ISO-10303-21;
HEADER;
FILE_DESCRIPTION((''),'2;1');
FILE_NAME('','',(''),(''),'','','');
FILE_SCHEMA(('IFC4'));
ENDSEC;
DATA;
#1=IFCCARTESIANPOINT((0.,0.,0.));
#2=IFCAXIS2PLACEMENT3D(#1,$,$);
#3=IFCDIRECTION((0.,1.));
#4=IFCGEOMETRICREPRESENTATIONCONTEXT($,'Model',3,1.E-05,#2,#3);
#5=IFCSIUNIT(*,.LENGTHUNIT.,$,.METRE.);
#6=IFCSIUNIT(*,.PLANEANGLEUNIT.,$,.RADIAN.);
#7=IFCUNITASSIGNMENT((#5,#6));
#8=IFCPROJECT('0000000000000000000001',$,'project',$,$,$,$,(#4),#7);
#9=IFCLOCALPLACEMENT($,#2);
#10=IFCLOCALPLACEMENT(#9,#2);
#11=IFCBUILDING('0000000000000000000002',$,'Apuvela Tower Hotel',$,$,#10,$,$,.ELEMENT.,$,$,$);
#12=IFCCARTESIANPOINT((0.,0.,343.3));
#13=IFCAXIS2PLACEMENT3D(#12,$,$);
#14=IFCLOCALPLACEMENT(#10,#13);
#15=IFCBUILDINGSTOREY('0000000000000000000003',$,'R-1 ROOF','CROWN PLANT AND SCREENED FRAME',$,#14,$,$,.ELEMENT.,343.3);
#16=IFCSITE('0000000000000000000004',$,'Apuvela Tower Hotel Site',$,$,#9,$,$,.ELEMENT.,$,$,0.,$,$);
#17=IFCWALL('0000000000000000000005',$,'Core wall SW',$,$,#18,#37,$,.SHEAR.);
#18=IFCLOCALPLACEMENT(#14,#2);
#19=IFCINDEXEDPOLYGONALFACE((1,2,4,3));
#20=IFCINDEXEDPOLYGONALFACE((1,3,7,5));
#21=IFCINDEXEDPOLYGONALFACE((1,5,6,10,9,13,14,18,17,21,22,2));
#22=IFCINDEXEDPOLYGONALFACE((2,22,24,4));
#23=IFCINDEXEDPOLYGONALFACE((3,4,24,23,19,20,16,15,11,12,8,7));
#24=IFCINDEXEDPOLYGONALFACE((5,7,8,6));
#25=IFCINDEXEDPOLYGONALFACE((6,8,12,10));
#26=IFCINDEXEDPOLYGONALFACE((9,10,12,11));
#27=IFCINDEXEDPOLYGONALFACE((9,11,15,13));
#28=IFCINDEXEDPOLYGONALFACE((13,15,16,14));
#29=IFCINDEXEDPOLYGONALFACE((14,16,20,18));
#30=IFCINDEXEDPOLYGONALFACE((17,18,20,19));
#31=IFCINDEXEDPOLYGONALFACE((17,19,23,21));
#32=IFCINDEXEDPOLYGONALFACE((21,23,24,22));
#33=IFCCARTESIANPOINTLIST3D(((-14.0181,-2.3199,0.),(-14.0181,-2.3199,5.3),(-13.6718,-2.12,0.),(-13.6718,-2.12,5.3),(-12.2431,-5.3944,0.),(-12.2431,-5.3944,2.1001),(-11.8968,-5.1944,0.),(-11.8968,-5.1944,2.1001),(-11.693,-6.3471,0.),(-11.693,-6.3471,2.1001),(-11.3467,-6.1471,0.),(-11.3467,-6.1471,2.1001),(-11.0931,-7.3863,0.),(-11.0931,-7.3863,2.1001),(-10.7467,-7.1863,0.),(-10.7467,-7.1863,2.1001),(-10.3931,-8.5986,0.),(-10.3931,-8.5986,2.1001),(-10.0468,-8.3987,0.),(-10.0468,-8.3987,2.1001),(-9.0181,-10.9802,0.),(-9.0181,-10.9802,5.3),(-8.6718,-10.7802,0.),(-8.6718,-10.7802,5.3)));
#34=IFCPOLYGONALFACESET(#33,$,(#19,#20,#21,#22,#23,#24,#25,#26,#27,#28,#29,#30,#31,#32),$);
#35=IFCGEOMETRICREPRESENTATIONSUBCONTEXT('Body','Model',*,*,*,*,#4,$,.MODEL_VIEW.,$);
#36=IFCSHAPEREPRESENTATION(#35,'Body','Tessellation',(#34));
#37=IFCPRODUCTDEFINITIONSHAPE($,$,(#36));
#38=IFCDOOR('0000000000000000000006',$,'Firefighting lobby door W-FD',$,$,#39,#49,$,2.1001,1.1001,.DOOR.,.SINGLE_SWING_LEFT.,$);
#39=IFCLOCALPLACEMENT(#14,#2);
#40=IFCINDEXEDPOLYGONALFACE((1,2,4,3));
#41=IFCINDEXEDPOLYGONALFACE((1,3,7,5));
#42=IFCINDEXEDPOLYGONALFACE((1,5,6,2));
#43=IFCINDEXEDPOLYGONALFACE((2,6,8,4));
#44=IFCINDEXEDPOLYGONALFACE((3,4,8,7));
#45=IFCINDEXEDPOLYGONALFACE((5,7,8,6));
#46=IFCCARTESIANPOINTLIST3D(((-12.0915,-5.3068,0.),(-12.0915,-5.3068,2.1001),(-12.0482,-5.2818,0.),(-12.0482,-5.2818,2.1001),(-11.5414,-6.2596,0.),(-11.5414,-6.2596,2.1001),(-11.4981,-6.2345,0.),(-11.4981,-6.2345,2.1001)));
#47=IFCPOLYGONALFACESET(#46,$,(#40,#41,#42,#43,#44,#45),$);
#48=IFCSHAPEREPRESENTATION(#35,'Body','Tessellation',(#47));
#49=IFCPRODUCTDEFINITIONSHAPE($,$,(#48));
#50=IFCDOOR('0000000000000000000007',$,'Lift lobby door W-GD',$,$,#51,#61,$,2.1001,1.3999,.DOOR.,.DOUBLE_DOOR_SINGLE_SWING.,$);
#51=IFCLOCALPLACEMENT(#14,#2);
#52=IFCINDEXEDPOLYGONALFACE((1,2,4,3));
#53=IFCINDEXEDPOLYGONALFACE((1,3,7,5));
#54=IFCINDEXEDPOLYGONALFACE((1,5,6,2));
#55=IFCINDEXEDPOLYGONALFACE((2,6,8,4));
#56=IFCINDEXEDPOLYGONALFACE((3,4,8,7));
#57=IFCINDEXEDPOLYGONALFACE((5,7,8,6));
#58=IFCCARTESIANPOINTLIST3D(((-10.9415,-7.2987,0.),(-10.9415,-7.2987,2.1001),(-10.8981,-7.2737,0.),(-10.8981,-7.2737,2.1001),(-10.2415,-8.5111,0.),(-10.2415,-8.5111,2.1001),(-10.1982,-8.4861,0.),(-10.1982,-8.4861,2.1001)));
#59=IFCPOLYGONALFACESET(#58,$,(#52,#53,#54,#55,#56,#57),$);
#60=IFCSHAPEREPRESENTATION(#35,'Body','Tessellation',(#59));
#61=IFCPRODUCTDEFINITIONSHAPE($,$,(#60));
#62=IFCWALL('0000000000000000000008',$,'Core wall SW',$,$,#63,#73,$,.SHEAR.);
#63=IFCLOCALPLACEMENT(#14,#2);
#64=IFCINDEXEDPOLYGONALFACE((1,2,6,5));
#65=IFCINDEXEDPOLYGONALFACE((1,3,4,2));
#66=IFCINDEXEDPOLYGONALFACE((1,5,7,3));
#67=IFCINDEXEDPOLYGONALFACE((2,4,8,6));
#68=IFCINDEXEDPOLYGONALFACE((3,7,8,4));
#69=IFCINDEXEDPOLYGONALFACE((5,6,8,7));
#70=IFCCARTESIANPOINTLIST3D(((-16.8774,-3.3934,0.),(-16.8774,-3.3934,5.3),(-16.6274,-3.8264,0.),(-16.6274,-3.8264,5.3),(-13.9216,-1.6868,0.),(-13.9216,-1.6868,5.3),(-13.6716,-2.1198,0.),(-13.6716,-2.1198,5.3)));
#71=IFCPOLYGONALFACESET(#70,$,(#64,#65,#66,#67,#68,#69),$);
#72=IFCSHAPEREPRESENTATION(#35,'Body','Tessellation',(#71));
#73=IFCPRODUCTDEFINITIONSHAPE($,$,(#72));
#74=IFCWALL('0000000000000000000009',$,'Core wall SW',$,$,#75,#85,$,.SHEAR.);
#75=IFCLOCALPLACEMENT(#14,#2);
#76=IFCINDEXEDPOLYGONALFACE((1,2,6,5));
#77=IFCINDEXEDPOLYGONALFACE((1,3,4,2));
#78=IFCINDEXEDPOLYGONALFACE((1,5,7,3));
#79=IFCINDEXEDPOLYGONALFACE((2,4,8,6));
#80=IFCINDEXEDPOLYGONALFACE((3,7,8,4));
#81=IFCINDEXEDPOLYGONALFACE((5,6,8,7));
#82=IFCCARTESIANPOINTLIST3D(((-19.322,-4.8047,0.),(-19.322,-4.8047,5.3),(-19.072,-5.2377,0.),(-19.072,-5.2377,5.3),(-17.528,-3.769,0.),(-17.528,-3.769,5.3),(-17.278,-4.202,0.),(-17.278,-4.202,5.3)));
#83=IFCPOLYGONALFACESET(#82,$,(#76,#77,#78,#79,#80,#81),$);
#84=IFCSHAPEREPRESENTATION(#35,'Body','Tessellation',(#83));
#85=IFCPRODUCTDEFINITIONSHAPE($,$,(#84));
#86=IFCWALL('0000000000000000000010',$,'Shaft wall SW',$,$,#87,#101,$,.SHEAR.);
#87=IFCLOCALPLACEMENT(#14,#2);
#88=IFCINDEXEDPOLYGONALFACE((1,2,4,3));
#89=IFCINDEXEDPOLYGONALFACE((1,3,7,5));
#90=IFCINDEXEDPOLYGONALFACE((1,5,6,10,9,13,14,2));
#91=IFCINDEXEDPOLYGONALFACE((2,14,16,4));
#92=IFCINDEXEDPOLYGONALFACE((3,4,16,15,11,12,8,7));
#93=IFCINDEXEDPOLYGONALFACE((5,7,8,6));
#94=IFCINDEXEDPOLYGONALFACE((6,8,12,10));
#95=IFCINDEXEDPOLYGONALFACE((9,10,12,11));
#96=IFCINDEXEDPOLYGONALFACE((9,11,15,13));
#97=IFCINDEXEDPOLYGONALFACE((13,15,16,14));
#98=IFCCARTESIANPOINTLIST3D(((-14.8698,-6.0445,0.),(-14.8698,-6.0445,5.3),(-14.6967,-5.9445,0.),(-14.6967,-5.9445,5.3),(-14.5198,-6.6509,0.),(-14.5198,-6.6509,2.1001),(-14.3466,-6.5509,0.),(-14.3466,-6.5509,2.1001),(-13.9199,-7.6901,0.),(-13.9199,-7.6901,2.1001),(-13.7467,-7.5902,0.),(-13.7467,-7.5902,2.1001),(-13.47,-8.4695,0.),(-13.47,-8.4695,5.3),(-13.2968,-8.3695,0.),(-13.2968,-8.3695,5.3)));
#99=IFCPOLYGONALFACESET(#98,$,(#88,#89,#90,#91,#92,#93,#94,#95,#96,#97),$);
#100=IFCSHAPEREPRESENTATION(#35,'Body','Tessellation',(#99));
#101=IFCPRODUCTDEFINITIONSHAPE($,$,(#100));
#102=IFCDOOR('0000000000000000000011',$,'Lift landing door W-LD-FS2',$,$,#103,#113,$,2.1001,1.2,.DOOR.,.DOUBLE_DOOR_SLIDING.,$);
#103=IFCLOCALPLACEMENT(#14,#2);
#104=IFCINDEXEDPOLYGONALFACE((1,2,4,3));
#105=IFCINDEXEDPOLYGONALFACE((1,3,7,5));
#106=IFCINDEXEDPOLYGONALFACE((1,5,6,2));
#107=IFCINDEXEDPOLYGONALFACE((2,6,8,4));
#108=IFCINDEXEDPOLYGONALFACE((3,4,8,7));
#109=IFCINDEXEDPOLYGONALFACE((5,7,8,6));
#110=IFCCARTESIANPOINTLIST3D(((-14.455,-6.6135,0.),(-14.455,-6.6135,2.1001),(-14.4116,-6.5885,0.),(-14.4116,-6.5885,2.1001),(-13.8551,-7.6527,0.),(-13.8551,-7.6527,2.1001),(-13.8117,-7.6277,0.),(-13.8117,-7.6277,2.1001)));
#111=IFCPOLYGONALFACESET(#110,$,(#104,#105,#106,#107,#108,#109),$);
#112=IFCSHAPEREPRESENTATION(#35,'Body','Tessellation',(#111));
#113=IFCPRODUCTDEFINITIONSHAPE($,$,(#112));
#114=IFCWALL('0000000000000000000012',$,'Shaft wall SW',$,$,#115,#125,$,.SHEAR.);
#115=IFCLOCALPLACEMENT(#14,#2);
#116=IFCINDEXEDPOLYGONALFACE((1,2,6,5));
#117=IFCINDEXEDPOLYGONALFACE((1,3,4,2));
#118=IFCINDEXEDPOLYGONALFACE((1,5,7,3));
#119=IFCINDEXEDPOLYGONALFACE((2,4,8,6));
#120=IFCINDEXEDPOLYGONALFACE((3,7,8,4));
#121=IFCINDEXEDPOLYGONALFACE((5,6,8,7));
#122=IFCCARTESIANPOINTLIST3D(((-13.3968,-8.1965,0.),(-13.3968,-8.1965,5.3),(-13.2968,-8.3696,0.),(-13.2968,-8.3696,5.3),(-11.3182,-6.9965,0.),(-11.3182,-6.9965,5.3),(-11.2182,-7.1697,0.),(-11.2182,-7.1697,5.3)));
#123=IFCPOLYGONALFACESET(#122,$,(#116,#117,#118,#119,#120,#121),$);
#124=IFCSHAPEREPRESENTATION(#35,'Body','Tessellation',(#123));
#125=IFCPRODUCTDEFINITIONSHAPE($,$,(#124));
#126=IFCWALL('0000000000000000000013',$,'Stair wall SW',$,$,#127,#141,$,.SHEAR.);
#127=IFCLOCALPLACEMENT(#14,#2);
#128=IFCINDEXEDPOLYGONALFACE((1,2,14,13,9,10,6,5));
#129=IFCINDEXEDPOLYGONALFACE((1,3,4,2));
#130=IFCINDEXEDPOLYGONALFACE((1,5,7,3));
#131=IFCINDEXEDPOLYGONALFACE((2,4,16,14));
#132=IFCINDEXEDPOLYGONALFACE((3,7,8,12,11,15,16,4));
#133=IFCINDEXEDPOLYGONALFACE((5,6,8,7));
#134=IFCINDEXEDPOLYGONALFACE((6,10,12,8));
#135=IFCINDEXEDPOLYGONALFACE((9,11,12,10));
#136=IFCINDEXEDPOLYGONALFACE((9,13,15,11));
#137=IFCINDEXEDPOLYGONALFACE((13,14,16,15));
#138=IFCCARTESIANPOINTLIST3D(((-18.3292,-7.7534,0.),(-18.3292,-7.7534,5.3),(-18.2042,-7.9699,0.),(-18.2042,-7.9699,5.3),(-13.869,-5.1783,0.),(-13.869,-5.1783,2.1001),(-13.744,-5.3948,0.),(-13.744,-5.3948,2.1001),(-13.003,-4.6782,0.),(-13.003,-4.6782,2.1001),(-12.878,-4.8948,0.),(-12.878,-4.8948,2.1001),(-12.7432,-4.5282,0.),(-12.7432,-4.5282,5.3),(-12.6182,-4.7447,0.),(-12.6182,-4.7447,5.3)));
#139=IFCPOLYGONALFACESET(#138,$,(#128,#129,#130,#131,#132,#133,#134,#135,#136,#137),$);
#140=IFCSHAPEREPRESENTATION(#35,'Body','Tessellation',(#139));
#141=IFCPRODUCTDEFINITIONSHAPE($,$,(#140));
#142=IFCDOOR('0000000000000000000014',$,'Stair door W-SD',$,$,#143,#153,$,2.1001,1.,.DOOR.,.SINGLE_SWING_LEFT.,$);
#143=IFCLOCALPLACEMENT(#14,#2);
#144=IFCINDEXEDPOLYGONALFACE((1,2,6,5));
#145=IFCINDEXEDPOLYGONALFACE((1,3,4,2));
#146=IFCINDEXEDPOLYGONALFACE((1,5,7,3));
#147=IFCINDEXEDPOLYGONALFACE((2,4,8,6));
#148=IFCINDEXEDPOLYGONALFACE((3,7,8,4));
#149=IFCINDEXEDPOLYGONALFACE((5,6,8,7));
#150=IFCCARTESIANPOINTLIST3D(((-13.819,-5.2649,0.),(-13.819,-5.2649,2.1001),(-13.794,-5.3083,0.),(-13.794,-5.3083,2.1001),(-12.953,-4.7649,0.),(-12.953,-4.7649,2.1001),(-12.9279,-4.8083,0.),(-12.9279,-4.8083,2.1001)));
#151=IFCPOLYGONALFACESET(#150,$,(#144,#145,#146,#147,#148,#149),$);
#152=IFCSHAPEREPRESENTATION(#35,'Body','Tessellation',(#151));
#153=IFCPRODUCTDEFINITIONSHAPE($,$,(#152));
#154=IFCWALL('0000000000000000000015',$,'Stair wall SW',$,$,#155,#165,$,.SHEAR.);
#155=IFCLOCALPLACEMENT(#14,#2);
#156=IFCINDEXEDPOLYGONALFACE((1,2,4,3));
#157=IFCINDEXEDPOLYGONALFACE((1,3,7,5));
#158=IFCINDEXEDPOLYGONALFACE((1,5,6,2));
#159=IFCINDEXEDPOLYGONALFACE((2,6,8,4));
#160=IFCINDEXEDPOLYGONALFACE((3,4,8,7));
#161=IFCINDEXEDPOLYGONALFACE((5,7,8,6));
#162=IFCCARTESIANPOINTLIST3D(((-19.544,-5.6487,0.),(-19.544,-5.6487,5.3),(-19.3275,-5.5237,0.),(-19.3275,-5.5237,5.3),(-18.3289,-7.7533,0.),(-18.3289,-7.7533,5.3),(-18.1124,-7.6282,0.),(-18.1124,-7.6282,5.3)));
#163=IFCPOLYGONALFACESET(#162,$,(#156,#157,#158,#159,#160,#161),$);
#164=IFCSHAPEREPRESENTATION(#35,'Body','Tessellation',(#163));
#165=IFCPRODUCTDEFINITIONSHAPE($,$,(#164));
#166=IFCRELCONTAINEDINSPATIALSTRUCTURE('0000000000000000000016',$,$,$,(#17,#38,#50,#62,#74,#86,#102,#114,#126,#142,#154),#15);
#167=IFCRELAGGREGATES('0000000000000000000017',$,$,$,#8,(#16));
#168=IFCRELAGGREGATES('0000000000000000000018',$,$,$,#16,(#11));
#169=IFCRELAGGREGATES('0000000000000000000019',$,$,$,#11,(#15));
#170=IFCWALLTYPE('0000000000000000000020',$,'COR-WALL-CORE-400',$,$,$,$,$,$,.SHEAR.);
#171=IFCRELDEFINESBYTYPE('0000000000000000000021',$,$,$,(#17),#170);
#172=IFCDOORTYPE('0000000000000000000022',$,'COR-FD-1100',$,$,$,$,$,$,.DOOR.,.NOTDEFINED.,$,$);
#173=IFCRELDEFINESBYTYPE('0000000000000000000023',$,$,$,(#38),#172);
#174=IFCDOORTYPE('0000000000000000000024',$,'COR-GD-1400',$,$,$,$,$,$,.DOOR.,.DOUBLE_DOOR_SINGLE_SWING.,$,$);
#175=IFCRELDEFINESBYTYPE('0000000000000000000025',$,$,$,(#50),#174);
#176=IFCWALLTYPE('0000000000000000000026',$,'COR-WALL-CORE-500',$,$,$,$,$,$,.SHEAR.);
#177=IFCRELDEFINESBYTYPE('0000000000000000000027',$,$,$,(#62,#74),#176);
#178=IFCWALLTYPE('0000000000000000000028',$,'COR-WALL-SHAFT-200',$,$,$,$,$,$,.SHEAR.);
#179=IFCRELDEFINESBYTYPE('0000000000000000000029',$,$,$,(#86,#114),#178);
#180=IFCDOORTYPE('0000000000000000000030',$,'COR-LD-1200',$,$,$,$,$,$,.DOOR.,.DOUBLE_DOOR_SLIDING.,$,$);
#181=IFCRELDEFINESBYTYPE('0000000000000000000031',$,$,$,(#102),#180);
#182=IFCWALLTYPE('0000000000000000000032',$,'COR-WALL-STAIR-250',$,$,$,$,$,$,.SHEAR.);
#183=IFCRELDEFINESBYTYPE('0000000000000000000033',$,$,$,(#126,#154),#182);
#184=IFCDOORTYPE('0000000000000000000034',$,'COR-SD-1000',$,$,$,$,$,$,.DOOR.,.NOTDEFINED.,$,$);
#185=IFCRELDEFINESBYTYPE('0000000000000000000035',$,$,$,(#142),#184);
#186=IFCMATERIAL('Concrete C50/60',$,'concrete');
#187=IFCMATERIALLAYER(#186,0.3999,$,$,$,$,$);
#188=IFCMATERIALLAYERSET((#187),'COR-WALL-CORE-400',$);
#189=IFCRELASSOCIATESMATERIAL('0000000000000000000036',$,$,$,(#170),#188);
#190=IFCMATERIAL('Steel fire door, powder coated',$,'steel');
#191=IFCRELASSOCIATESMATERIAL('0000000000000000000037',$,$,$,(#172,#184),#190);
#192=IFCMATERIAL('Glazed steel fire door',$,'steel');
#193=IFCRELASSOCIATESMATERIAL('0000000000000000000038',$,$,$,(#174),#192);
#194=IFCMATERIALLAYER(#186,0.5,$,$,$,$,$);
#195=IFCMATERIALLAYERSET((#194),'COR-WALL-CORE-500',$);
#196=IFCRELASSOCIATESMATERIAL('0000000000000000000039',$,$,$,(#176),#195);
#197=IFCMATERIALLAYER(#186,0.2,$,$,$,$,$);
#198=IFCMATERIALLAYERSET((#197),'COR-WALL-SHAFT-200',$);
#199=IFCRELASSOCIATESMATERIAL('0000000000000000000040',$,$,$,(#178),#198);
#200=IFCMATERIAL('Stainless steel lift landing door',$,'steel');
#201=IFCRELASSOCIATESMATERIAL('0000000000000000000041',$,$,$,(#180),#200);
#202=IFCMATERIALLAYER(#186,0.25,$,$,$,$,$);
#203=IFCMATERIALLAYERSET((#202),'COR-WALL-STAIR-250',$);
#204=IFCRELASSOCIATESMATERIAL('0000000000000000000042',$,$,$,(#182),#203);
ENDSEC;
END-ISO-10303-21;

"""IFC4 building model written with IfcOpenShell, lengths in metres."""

from ifc_helpers import new_model, si_unit, direction, frame, frame_2d, origin, place, context, subcontext, project, spatial, rectangle, extrude, material, layer, layer_set, type_object, element, fill, save


model = new_model("IFC4")

# Units and contexts
model_context = context("Model", 3, precision=1e-05, world=origin(), true_north=direction((0.0, 1.0)))
body_context = subcontext(model_context, "Body", "Model", "MODEL_VIEW")
ifc_project = project(units=[si_unit("LENGTHUNIT", "METRE"), si_unit("PLANEANGLEUNIT", "RADIAN")], contexts=[model_context])

# Site, building, storey
site_placement = place(None, origin())
site = spatial("IfcSite", under=ifc_project, at=site_placement, Name="Apuvela Tower Hotel Site", CompositionType="ELEMENT", RefElevation=0.0)
building_placement = place(site_placement, origin())
building = spatial("IfcBuilding", under=site, at=building_placement, Name="Apuvela Tower Hotel", CompositionType="ELEMENT")
storey_placement = place(building_placement, frame((0.0, 0.0, 343.3)))
storey = spatial("IfcBuildingStorey", under=building, at=storey_placement, Name="R-1 ROOF", Description="CROWN PLANT AND SCREENED FRAME", CompositionType="ELEMENT", Elevation=343.3)

# Shared definitions
ifc_material_1 = material(Name="Concrete C50/60", Category="concrete")

# Wall, openings, doors
ifc_layer_1 = layer(ifc_material_1, 0.3999)
ifc_layer_set_1 = layer_set([ifc_layer_1], Name="COR-WALL-CORE-400")
wall_type_1 = type_object("IfcWallType", Name="COR-WALL-CORE-400", PredefinedType="SHEAR", material=ifc_layer_set_1)
wall_1_placement = place(storey_placement, frame((-13.845, -2.22, 0.0), z_axis=(0.0, 0.0, 1.0), x_axis=(0.500004, -0.866023, 0.0)))
wall_1 = element("IfcWall", 1, at=wall_1_placement, inside=storey, type_object=wall_type_1, Name="Core wall SW", PredefinedType="SHEAR", context=body_context, shape_type="SweptSolid", body=[
    extrude(rectangle(XDim=10.0, YDim=0.3999, at=frame_2d((5.0, 0.0))), origin(), (0.0, 0.0, 1.0), 5.3),
])
opening_1_placement = place(wall_1_placement, frame((3.55, 0.0, 0.0)))
opening_1 = element("IfcOpeningElement", 2, at=opening_1_placement, cuts=wall_1, PredefinedType="OPENING", context=body_context, shape_type="SweptSolid", body=[
    extrude(rectangle(XDim=1.1001, YDim=2.1001, at=frame_2d((0.55, 1.05))), frame((0.0, 0.21, 0.0), z_axis=(0.0, -1.0, 0.0), x_axis=(1.0, 0.0, 0.0)), (0.0, 0.0, 1.0), 0.4199),
])
opening_2_placement = place(wall_1_placement, frame((5.8501, 0.0, 0.0)))
opening_2 = element("IfcOpeningElement", 3, at=opening_2_placement, cuts=wall_1, PredefinedType="OPENING", context=body_context, shape_type="SweptSolid", body=[
    extrude(rectangle(XDim=1.3999, YDim=2.1001, at=frame_2d((0.7, 1.05))), frame((0.0, 0.21, 0.0), z_axis=(0.0, -1.0, 0.0), x_axis=(1.0, 0.0, 0.0)), (0.0, 0.0, 1.0), 0.4199),
])
ifc_material_2 = material(Name="Steel fire door, powder coated", Category="steel")
door_type_1 = type_object("IfcDoorType", Name="COR-FD-1100", OperationType="NOTDEFINED", PredefinedType="DOOR", material=ifc_material_2)
door_1_placement = place(opening_1_placement, frame((1.1001, 0.0, 0.0), z_axis=(0.0, 0.0, 1.0), x_axis=(-1.0, 0.0, 0.0)))
door_1 = element("IfcDoor", 4, at=door_1_placement, inside=storey, type_object=door_type_1, Name="Firefighting lobby door W-FD", OperationType="SINGLE_SWING_LEFT", OverallHeight=2.1001, OverallWidth=1.1001, PredefinedType="DOOR", context=body_context, shape_type="SweptSolid", body=[
    extrude(rectangle(XDim=1.1001, YDim=2.1001, at=frame_2d((0.55, 1.05))), frame((0.0, 0.0249, 0.0), z_axis=(0.0, -1.0, 0.0), x_axis=(1.0, 0.0, 0.0)), (0.0, 0.0, 1.0), 0.05),
])
fill(opening_1, door_1)
ifc_material_3 = material(Name="Glazed steel fire door", Category="steel")
door_type_2 = type_object("IfcDoorType", Name="COR-GD-1400", OperationType="DOUBLE_DOOR_SINGLE_SWING", PredefinedType="DOOR", material=ifc_material_3)
door_2_placement = place(opening_2_placement, frame((1.3999, 0.0, 0.0), z_axis=(0.0, 0.0, 1.0), x_axis=(-1.0, 0.0, 0.0)))
door_2 = element("IfcDoor", 5, at=door_2_placement, inside=storey, type_object=door_type_2, Name="Lift lobby door W-GD", OperationType="DOUBLE_DOOR_SINGLE_SWING", OverallHeight=2.1001, OverallWidth=1.3999, PredefinedType="DOOR", context=body_context, shape_type="SweptSolid", body=[
    extrude(rectangle(XDim=1.3999, YDim=2.1001, at=frame_2d((0.7, 1.05))), frame((0.0, 0.0249, 0.0), z_axis=(0.0, -1.0, 0.0), x_axis=(1.0, 0.0, 0.0)), (0.0, 0.0, 1.0), 0.05),
])
fill(opening_2, door_2)

# Walls
ifc_layer_2 = layer(ifc_material_1, 0.5)
ifc_layer_set_2 = layer_set([ifc_layer_2], Name="COR-WALL-CORE-500")
wall_type_2 = type_object("IfcWallType", Name="COR-WALL-CORE-500", PredefinedType="SHEAR", material=ifc_layer_set_2)
wall_2_placement = place(storey_placement, frame((-13.7966, -1.9033, 0.0), z_axis=(0.0, 0.0, 1.0), x_axis=(-0.866025, -0.500001, 0.0)))
element("IfcWall", 6, at=wall_2_placement, inside=storey, type_object=wall_type_2, Name="Core wall SW", PredefinedType="SHEAR", context=body_context, shape_type="SweptSolid", body=[
    extrude(rectangle(XDim=3.4131, YDim=0.5, at=frame_2d((1.7065, 0.0))), origin(), (0.0, 0.0, 1.0), 5.3),
])
wall_3_placement = place(storey_placement, frame((-17.4031, -3.9856, 0.0), z_axis=(0.0, 0.0, 1.0), x_axis=(-0.866044, -0.499967, 0.0)))
element("IfcWall", 7, at=wall_3_placement, inside=storey, type_object=wall_type_2, Name="Core wall SW", PredefinedType="SHEAR", context=body_context, shape_type="SweptSolid", body=[
    extrude(rectangle(XDim=2.0715, YDim=0.5, at=frame_2d((1.0356, 0.0))), origin(), (0.0, 0.0, 1.0), 5.3),
])

# Wall, opening, door
ifc_layer_3 = layer(ifc_material_1, 0.2)
ifc_layer_set_3 = layer_set([ifc_layer_3], Name="COR-WALL-SHAFT-200")
wall_type_3 = type_object("IfcWallType", Name="COR-WALL-SHAFT-200", PredefinedType="SHEAR", material=ifc_layer_set_3)
wall_4_placement = place(storey_placement, frame((-14.7832, -5.9946, 0.0), z_axis=(0.0, 0.0, 1.0), x_axis=(0.499946, -0.866056, 0.0)))
wall_4 = element("IfcWall", 8, at=wall_4_placement, inside=storey, type_object=wall_type_3, Name="Shaft wall SW", PredefinedType="SHEAR", context=body_context, shape_type="SweptSolid", body=[
    extrude(rectangle(XDim=2.8, YDim=0.2, at=frame_2d((1.3999, 0.0))), origin(), (0.0, 0.0, 1.0), 5.3),
])
opening_3_placement = place(wall_4_placement, frame((0.7, 0.0, 0.0)))
opening_3 = element("IfcOpeningElement", 9, at=opening_3_placement, cuts=wall_4, PredefinedType="OPENING", context=body_context, shape_type="SweptSolid", body=[
    extrude(rectangle(XDim=1.2, YDim=2.1001, at=frame_2d((0.6001, 1.05))), frame((0.0, 0.1099, 0.0), z_axis=(0.0, -1.0, 0.0), x_axis=(1.0, 0.0, 0.0)), (0.0, 0.0, 1.0), 0.22),
])
ifc_material_4 = material(Name="Stainless steel lift landing door", Category="steel")
door_type_3 = type_object("IfcDoorType", Name="COR-LD-1200", OperationType="DOUBLE_DOOR_SLIDING", PredefinedType="DOOR", material=ifc_material_4)
door_3_placement = place(opening_3_placement, origin())
door_3 = element("IfcDoor", 10, at=door_3_placement, inside=storey, type_object=door_type_3, Name="Lift landing door W-LD-FS2", OperationType="DOUBLE_DOOR_SLIDING", OverallHeight=2.1001, OverallWidth=1.2, PredefinedType="DOOR", context=body_context, shape_type="SweptSolid", body=[
    extrude(rectangle(XDim=1.2, YDim=2.1001, at=frame_2d((0.6001, 1.05))), frame((0.0, 0.0249, 0.0), z_axis=(0.0, -1.0, 0.0), x_axis=(1.0, 0.0, 0.0)), (0.0, 0.0, 1.0), 0.05),
])
fill(opening_3, door_3)

# Wall
wall_5_placement = place(storey_placement, frame((-11.2681, -7.083, 0.0), z_axis=(0.0, 0.0, 1.0), x_axis=(-0.86605, -0.499957, 0.0)))
element("IfcWall", 11, at=wall_5_placement, inside=storey, type_object=wall_type_3, Name="Shaft wall SW", PredefinedType="SHEAR", context=body_context, shape_type="SweptSolid", body=[
    extrude(rectangle(XDim=2.4001, YDim=0.2, at=frame_2d((1.2002, 0.0))), origin(), (0.0, 0.0, 1.0), 5.3),
])

# Wall, opening, door
ifc_layer_4 = layer(ifc_material_1, 0.25)
ifc_layer_set_4 = layer_set([ifc_layer_4], Name="COR-WALL-STAIR-250")
wall_type_4 = type_object("IfcWallType", Name="COR-WALL-STAIR-250", PredefinedType="SHEAR", material=ifc_layer_set_4)
wall_6_placement = place(storey_placement, frame((-12.6807, -4.6365, 0.0), z_axis=(0.0, 0.0, 1.0), x_axis=(-0.866022, -0.500006, 0.0)))
wall_6 = element("IfcWall", 12, at=wall_6_placement, inside=storey, type_object=wall_type_4, Name="Stair wall SW", PredefinedType="SHEAR", context=body_context, shape_type="SweptSolid", body=[
    extrude(rectangle(XDim=6.4502, YDim=0.25, at=frame_2d((3.2251, 0.0))), origin(), (0.0, 0.0, 1.0), 5.3),
])
opening_4_placement = place(wall_6_placement, frame((0.3, 0.0, 0.0)))
opening_4 = element("IfcOpeningElement", 13, at=opening_4_placement, cuts=wall_6, PredefinedType="OPENING", context=body_context, shape_type="SweptSolid", body=[
    extrude(rectangle(XDim=1.0, YDim=2.1001, at=frame_2d((0.5, 1.05))), frame((0.0, 0.135, 0.0), z_axis=(0.0, -1.0, 0.0), x_axis=(1.0, 0.0, 0.0)), (0.0, 0.0, 1.0), 0.27),
])
door_type_4 = type_object("IfcDoorType", Name="COR-SD-1000", OperationType="NOTDEFINED", PredefinedType="DOOR", material=ifc_material_2)
door_4_placement = place(opening_4_placement, frame((1.0, 0.0, 0.0), z_axis=(0.0, 0.0, 1.0), x_axis=(-1.0, 0.0, 0.0)))
door_4 = element("IfcDoor", 14, at=door_4_placement, inside=storey, type_object=door_type_4, Name="Stair door W-SD", OperationType="SINGLE_SWING_LEFT", OverallHeight=2.1001, OverallWidth=1.0, PredefinedType="DOOR", context=body_context, shape_type="SweptSolid", body=[
    extrude(rectangle(XDim=1.0, YDim=2.1001, at=frame_2d((0.5, 1.05))), frame((0.0, 0.0249, 0.0), z_axis=(0.0, -1.0, 0.0), x_axis=(1.0, 0.0, 0.0)), (0.0, 0.0, 1.0), 0.05),
])
fill(opening_4, door_4)

# Wall
wall_7_placement = place(storey_placement, frame((-19.4358, -5.5862, 0.0), z_axis=(0.0, 0.0, 1.0), x_axis=(0.500018, -0.866015, 0.0)))
element("IfcWall", 15, at=wall_7_placement, inside=storey, type_object=wall_type_4, Name="Stair wall SW", PredefinedType="SHEAR", context=body_context, shape_type="SweptSolid", body=[
    extrude(rectangle(XDim=2.4302, YDim=0.25, at=frame_2d((1.2151, 0.0))), origin(), (0.0, 0.0, 1.0), 5.3),
])

save(model, "model.ifc")
